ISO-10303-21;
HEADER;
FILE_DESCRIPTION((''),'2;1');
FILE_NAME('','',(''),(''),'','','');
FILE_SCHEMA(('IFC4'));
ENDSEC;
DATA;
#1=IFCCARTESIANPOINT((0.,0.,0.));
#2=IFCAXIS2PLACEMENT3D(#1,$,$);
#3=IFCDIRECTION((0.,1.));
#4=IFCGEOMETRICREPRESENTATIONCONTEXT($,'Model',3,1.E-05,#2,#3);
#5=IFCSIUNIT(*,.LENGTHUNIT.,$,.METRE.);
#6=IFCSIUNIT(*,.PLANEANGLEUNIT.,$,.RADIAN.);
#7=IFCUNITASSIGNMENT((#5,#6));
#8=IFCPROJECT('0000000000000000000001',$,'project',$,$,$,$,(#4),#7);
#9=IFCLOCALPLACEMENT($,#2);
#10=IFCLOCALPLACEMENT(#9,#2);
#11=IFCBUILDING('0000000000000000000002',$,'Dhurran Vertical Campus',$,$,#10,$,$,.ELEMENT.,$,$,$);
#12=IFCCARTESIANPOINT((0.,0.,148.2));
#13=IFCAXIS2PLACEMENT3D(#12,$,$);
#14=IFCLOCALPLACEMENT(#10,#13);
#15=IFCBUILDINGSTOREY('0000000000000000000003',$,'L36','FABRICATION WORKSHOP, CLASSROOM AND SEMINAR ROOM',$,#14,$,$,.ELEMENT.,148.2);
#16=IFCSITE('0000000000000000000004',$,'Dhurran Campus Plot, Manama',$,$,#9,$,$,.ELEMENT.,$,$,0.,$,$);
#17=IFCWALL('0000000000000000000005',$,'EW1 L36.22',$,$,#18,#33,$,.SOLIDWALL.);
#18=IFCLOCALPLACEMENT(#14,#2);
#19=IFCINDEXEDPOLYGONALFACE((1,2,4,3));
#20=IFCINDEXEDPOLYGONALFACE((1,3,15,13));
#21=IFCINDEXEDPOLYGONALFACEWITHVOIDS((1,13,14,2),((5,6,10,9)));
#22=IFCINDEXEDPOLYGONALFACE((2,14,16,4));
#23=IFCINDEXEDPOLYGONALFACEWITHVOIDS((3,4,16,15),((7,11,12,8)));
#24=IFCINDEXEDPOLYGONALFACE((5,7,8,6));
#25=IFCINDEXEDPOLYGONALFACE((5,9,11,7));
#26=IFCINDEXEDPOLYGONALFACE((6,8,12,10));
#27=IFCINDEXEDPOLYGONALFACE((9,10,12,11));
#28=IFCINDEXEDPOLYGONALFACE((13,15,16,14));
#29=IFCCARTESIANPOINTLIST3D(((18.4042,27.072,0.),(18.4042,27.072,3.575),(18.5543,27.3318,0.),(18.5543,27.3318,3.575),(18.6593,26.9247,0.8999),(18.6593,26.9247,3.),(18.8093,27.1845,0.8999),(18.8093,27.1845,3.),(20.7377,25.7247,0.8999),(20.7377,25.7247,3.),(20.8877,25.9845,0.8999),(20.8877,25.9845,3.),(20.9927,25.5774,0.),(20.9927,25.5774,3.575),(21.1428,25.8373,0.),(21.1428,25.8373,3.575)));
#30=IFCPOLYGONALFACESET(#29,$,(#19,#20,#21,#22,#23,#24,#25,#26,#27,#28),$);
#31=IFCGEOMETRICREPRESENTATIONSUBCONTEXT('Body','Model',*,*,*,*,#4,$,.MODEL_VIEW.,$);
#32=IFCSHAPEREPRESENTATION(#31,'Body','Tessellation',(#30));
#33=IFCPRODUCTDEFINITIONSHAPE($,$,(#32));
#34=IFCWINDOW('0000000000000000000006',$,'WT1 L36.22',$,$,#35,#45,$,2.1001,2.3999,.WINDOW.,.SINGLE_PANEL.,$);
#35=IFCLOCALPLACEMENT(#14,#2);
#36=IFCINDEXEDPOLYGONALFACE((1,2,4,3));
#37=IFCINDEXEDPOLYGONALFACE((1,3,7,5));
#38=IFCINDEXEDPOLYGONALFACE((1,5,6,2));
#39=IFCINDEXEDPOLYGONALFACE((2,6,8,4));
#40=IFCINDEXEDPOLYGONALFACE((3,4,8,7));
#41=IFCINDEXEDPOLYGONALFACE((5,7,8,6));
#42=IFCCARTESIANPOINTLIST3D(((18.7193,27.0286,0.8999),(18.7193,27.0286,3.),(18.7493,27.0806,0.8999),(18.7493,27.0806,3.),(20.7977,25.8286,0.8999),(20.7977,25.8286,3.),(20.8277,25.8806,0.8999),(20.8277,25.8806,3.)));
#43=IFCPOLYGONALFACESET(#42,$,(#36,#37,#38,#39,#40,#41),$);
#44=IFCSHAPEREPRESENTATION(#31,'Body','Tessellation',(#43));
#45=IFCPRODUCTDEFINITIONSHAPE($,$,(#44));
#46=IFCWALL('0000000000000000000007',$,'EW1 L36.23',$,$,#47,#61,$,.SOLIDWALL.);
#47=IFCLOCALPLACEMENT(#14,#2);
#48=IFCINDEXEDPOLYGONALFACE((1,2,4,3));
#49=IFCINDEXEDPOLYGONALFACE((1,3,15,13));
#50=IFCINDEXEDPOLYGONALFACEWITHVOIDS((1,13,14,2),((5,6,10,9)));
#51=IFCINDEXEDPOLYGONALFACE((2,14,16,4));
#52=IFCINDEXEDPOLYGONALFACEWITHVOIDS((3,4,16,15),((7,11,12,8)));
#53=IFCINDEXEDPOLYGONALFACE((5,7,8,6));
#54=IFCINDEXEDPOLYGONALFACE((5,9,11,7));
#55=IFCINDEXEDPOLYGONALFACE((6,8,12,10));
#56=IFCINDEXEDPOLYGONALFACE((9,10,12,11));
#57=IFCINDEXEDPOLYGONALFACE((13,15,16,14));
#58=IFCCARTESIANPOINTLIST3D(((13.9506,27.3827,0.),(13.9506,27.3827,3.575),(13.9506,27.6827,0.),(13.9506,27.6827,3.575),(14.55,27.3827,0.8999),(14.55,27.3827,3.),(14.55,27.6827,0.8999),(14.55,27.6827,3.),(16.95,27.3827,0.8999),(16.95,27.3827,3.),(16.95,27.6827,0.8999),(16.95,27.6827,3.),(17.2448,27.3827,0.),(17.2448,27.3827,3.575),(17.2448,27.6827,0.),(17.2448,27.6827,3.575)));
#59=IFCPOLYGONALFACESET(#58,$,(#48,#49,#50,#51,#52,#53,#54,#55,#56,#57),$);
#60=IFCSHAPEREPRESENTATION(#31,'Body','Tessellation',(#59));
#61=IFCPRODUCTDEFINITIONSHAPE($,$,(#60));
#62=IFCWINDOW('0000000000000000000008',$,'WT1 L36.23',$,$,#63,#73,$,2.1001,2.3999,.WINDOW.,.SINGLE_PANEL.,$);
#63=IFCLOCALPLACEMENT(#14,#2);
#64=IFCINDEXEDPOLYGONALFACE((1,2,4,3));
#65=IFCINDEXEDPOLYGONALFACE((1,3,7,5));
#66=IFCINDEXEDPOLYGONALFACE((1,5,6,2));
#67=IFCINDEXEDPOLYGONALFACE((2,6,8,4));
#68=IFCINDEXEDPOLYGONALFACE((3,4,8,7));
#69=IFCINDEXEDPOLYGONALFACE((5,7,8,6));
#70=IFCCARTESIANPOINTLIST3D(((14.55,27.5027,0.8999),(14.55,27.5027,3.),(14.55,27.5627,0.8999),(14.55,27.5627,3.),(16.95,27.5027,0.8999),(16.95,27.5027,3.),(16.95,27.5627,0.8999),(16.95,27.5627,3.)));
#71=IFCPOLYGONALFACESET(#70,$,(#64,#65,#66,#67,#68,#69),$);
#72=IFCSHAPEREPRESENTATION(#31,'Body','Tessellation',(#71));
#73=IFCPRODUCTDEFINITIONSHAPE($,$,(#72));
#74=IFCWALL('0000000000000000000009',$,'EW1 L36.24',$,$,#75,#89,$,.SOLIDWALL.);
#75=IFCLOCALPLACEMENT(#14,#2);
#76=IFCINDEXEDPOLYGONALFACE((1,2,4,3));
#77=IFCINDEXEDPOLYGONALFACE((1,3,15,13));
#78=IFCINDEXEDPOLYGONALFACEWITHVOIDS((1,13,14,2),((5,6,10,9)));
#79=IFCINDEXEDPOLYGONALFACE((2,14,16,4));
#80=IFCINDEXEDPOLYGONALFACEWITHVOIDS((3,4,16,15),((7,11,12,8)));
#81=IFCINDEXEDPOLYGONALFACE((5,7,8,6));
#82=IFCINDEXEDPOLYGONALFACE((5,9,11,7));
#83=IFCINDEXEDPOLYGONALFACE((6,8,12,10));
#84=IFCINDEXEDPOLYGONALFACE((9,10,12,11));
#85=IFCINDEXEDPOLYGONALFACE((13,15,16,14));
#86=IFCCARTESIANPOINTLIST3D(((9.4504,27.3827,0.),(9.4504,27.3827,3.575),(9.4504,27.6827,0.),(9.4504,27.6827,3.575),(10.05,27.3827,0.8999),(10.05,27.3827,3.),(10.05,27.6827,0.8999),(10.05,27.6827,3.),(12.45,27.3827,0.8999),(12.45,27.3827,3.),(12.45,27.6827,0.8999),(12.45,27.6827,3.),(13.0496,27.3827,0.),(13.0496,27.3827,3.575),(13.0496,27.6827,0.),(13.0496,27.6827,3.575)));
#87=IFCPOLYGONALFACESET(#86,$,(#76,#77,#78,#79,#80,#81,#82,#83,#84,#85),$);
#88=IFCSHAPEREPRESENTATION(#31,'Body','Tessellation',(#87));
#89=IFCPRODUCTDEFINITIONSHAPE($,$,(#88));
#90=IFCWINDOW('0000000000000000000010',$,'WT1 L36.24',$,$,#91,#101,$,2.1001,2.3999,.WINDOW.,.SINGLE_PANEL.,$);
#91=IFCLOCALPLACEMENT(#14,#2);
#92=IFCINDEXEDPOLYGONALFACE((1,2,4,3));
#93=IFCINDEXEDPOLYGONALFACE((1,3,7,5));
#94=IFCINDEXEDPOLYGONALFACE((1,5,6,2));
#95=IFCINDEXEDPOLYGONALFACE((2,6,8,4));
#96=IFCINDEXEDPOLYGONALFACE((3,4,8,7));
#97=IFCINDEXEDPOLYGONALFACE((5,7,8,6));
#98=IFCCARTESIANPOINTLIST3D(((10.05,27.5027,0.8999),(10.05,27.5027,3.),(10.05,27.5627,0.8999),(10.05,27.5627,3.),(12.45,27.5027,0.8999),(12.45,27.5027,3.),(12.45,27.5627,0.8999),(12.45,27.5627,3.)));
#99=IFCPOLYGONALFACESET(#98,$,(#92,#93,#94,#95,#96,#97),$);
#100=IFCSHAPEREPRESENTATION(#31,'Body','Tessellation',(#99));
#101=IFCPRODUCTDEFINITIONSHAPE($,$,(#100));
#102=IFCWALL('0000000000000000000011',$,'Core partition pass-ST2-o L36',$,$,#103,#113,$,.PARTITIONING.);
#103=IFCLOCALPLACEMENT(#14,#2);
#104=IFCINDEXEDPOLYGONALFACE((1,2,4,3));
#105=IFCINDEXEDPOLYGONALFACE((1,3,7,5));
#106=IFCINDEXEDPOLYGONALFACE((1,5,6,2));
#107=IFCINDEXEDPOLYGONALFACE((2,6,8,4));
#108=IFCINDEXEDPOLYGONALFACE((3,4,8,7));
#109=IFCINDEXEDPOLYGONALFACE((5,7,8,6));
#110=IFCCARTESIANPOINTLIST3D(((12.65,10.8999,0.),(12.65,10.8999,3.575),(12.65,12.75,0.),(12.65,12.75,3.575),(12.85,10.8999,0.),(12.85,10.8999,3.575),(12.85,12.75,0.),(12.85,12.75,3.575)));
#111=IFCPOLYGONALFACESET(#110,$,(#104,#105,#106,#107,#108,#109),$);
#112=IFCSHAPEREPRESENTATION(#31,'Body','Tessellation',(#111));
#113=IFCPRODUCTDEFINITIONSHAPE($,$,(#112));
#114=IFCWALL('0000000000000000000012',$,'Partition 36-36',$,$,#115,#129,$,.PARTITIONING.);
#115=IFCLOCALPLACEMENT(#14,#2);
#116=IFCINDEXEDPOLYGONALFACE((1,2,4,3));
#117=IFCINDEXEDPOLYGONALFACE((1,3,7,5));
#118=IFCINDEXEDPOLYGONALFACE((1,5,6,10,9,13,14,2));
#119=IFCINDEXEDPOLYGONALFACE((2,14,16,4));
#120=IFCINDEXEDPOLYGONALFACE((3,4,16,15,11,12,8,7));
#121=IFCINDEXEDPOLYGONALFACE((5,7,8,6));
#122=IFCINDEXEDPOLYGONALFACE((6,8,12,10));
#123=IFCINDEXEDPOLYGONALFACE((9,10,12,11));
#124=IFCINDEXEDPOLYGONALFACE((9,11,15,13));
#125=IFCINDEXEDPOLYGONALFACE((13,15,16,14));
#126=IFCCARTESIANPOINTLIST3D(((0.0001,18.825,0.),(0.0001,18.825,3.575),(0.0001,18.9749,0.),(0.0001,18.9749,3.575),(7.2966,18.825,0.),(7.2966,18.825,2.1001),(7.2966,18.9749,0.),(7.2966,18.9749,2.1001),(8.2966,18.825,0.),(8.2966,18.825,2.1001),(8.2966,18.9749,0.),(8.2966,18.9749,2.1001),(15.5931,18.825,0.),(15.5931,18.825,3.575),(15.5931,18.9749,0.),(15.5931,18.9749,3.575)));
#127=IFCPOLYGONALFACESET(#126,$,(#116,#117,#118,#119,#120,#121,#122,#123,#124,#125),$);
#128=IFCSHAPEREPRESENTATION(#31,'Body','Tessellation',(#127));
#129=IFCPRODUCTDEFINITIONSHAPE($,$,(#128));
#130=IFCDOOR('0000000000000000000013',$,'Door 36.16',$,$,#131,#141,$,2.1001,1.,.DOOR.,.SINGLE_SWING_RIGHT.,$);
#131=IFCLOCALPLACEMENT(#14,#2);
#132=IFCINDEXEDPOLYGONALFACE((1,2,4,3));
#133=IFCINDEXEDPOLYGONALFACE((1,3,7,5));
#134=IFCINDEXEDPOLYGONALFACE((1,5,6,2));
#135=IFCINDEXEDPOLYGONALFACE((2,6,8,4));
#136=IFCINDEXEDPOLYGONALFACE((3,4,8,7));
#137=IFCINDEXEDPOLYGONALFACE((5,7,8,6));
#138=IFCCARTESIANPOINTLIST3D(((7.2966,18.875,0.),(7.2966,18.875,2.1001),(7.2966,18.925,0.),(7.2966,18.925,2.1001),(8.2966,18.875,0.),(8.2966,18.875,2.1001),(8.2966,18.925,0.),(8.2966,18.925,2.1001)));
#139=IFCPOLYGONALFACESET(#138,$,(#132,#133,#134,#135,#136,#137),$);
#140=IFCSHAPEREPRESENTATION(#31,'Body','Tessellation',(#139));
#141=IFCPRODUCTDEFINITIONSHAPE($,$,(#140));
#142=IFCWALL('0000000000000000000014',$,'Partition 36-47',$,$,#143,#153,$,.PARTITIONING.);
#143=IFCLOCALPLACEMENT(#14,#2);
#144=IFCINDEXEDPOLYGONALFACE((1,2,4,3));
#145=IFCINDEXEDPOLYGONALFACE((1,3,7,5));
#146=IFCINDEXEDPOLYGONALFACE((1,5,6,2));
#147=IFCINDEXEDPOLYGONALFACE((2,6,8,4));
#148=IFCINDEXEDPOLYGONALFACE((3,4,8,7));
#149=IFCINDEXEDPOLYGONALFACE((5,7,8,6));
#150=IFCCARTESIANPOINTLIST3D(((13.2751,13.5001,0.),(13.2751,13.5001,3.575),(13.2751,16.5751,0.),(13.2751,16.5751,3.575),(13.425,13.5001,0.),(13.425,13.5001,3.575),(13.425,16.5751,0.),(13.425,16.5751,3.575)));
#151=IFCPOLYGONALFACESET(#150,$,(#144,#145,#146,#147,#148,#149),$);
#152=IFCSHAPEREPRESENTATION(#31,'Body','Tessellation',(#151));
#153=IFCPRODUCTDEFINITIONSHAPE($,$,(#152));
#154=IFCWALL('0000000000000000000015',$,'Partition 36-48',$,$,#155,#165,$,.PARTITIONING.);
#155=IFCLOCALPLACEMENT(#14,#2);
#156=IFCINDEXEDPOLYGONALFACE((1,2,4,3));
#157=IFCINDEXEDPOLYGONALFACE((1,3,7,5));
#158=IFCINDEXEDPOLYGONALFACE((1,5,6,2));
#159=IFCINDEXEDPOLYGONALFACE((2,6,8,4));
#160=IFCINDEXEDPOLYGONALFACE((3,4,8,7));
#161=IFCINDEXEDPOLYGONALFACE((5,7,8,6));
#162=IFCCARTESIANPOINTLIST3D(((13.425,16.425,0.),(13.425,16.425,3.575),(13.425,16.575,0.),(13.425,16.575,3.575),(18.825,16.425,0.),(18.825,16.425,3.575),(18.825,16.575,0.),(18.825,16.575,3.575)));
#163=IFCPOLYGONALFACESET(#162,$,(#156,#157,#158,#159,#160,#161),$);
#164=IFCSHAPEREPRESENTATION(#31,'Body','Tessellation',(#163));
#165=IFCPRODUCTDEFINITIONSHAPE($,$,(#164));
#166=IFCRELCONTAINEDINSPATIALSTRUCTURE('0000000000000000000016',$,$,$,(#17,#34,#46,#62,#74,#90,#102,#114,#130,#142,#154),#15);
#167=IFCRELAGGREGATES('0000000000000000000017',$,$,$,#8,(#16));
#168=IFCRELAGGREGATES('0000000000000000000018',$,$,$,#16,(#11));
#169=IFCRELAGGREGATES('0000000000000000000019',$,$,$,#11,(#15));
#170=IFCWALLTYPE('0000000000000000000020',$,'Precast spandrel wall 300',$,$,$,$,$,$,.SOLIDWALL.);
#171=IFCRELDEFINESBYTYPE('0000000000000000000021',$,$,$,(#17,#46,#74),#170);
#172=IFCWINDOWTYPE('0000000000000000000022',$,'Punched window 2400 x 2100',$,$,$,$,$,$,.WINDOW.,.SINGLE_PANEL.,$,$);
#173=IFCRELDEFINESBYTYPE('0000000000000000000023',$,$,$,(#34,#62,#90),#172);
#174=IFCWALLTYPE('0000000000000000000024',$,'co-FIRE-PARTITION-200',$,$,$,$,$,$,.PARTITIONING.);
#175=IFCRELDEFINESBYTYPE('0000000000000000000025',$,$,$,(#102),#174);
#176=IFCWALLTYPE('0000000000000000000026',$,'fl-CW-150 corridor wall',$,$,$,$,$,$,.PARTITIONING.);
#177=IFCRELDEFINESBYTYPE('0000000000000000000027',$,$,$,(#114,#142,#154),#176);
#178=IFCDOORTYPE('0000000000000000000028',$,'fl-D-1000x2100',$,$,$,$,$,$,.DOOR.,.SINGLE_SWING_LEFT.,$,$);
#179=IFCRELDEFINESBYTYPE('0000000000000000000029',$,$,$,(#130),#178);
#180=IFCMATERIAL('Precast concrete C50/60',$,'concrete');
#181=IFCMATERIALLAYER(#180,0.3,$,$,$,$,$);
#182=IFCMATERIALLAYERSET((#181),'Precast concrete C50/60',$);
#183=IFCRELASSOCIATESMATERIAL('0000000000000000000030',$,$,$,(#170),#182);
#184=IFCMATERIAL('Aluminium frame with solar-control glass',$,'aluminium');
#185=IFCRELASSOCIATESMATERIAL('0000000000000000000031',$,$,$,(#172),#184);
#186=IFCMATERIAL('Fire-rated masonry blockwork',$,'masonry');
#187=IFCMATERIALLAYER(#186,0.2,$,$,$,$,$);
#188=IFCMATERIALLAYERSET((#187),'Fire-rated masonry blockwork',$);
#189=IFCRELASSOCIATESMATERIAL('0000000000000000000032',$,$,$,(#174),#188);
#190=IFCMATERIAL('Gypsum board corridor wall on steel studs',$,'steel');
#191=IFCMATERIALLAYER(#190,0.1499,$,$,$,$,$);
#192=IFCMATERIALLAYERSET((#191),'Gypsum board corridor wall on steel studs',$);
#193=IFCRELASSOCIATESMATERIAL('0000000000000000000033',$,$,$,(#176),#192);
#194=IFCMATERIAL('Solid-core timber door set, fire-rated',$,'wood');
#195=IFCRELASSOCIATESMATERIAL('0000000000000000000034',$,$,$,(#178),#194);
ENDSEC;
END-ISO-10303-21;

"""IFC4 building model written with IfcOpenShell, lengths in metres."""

from ifc_helpers import new_model, si_unit, direction, frame, frame_2d, origin, place, context, subcontext, project, spatial, rectangle, extrude, material, layer, layer_set, type_object, element, fill, save


model = new_model("IFC4")

# Units and contexts
model_context = context("Model", 3, precision=1e-05, world=origin(), true_north=direction((0.0, 1.0)))
body_context = subcontext(model_context, "Body", "Model", "MODEL_VIEW")
ifc_project = project(units=[si_unit("LENGTHUNIT", "METRE"), si_unit("PLANEANGLEUNIT", "RADIAN")], contexts=[model_context])

# Site, building, storey
site_placement = place(None, origin())
site = spatial("IfcSite", under=ifc_project, at=site_placement, Name="Dhurran Campus Plot, Manama", CompositionType="ELEMENT", RefElevation=0.0)
building_placement = place(site_placement, origin())
building = spatial("IfcBuilding", under=site, at=building_placement, Name="Dhurran Vertical Campus", CompositionType="ELEMENT")
storey_placement = place(building_placement, frame((0.0, 0.0, 148.2)))
storey = spatial("IfcBuildingStorey", under=building, at=storey_placement, Name="L36", Description="FABRICATION WORKSHOP, CLASSROOM AND SEMINAR ROOM", CompositionType="ELEMENT", Elevation=148.2)

# Walls, openings, windows
ifc_material_1 = material(Name="Precast concrete C50/60", Category="concrete")
ifc_layer_1 = layer(ifc_material_1, 0.3)
ifc_layer_set_1 = layer_set([ifc_layer_1], Name="Precast concrete C50/60")
wall_type_1 = type_object("IfcWallType", Name="Precast spandrel wall 300", PredefinedType="SOLIDWALL", material=ifc_layer_set_1)
ifc_material_2 = material(Name="Aluminium frame with solar-control glass", Category="aluminium")
window_type = type_object("IfcWindowType", Name="Punched window 2400 x 2100", PartitioningType="SINGLE_PANEL", PredefinedType="WINDOW", material=ifc_material_2)
wall_1_placement = place(storey_placement, frame((21.0679, 25.7073, 0.0), z_axis=(0.0, 0.0, 1.0), x_axis=(-0.866013, 0.500022, 0.0)))
wall_1 = element("IfcWall", 1, at=wall_1_placement, inside=storey, type_object=wall_type_1, Name="EW1 L36.22", PredefinedType="SOLIDWALL", context=body_context, shape_type="SweptSolid", body=[
    extrude(rectangle(XDim=2.989, YDim=0.3, at=frame_2d((1.4946, 0.0))), origin(), (0.0, 0.0, 1.0), 3.575),
])
opening_1_placement = place(wall_1_placement, frame((0.2947, 0.0, 0.8999)))
opening_1 = element("IfcOpeningElement", 2, at=opening_1_placement, cuts=wall_1, PredefinedType="OPENING", context=body_context, shape_type="SweptSolid", body=[
    extrude(rectangle(XDim=2.3999, YDim=2.1001, at=frame_2d((1.2, 1.05))), frame((0.0, 0.1599, 0.0), z_axis=(0.0, -1.0, 0.0), x_axis=(1.0, 0.0, 0.0)), (0.0, 0.0, 1.0), 0.3201),
])
window_1_placement = place(opening_1_placement, origin())
window_1 = element("IfcWindow", 3, at=window_1_placement, inside=storey, type_object=window_type, Name="WT1 L36.22", OverallHeight=2.1001, OverallWidth=2.3999, PartitioningType="SINGLE_PANEL", PredefinedType="WINDOW", context=body_context, shape_type="SweptSolid", body=[
    extrude(rectangle(XDim=2.3999, YDim=2.1001, at=frame_2d((1.2, 1.05))), frame((0.0, 0.03, 0.0), z_axis=(0.0, -1.0, 0.0), x_axis=(1.0, 0.0, 0.0)), (0.0, 0.0, 1.0), 0.0601),
])
fill(opening_1, window_1)
wall_2_placement = place(storey_placement, frame((17.2446, 27.5327, 0.0), z_axis=(0.0, 0.0, 1.0), x_axis=(-1.0, 0.0, 0.0)))
wall_2 = element("IfcWall", 4, at=wall_2_placement, inside=storey, type_object=wall_type_1, Name="EW1 L36.23", PredefinedType="SOLIDWALL", context=body_context, shape_type="SweptSolid", body=[
    extrude(rectangle(XDim=3.2942, YDim=0.3, at=frame_2d((1.647, 0.0))), origin(), (0.0, 0.0, 1.0), 3.575),
])
opening_2_placement = place(wall_2_placement, frame((0.2947, 0.0, 0.8999)))
opening_2 = element("IfcOpeningElement", 5, at=opening_2_placement, cuts=wall_2, PredefinedType="OPENING", context=body_context, shape_type="SweptSolid", body=[
    extrude(rectangle(XDim=2.3999, YDim=2.1001, at=frame_2d((1.2, 1.05))), frame((0.0, 0.1599, 0.0), z_axis=(0.0, -1.0, 0.0), x_axis=(1.0, 0.0, 0.0)), (0.0, 0.0, 1.0), 0.3201),
])
window_2_placement = place(opening_2_placement, origin())
window_2 = element("IfcWindow", 6, at=window_2_placement, inside=storey, type_object=window_type, Name="WT1 L36.23", OverallHeight=2.1001, OverallWidth=2.3999, PartitioningType="SINGLE_PANEL", PredefinedType="WINDOW", context=body_context, shape_type="SweptSolid", body=[
    extrude(rectangle(XDim=2.3999, YDim=2.1001, at=frame_2d((1.2, 1.05))), frame((0.0, 0.03, 0.0), z_axis=(0.0, -1.0, 0.0), x_axis=(1.0, 0.0, 0.0)), (0.0, 0.0, 1.0), 0.0601),
])
fill(opening_2, window_2)
wall_3_placement = place(storey_placement, frame((13.0496, 27.5327, 0.0), z_axis=(0.0, 0.0, 1.0), x_axis=(-1.0, 0.0, 0.0)))
wall_3 = element("IfcWall", 7, at=wall_3_placement, inside=storey, type_object=wall_type_1, Name="EW1 L36.24", PredefinedType="SOLIDWALL", context=body_context, shape_type="SweptSolid", body=[
    extrude(rectangle(XDim=3.5991, YDim=0.3, at=frame_2d((1.7996, 0.0))), origin(), (0.0, 0.0, 1.0), 3.575),
])
opening_3_placement = place(wall_3_placement, frame((0.5996, 0.0, 0.8999)))
opening_3 = element("IfcOpeningElement", 8, at=opening_3_placement, cuts=wall_3, PredefinedType="OPENING", context=body_context, shape_type="SweptSolid", body=[
    extrude(rectangle(XDim=2.3999, YDim=2.1001, at=frame_2d((1.2, 1.05))), frame((0.0, 0.1599, 0.0), z_axis=(0.0, -1.0, 0.0), x_axis=(1.0, 0.0, 0.0)), (0.0, 0.0, 1.0), 0.3201),
])
window_3_placement = place(opening_3_placement, origin())
window_3 = element("IfcWindow", 9, at=window_3_placement, inside=storey, type_object=window_type, Name="WT1 L36.24", OverallHeight=2.1001, OverallWidth=2.3999, PartitioningType="SINGLE_PANEL", PredefinedType="WINDOW", context=body_context, shape_type="SweptSolid", body=[
    extrude(rectangle(XDim=2.3999, YDim=2.1001, at=frame_2d((1.2, 1.05))), frame((0.0, 0.03, 0.0), z_axis=(0.0, -1.0, 0.0), x_axis=(1.0, 0.0, 0.0)), (0.0, 0.0, 1.0), 0.0601),
])
fill(opening_3, window_3)

# Wall
ifc_material_3 = material(Name="Fire-rated masonry blockwork", Category="masonry")
ifc_layer_2 = layer(ifc_material_3, 0.2)
ifc_layer_set_2 = layer_set([ifc_layer_2], Name="Fire-rated masonry blockwork")
wall_type_2 = type_object("IfcWallType", Name="co-FIRE-PARTITION-200", PredefinedType="PARTITIONING", material=ifc_layer_set_2)
wall_4_placement = place(storey_placement, frame((12.75, 10.8999, 0.0), z_axis=(0.0, 0.0, 1.0), x_axis=(0.0, 1.0, 0.0)))
element("IfcWall", 10, at=wall_4_placement, inside=storey, type_object=wall_type_2, Name="Core partition pass-ST2-o L36", PredefinedType="PARTITIONING", context=body_context, shape_type="SweptSolid", body=[
    extrude(rectangle(XDim=1.8501, YDim=0.2, at=frame_2d((0.925, 0.0))), origin(), (0.0, 0.0, 1.0), 3.575),
])

# Wall, opening, door
ifc_material_4 = material(Name="Gypsum board corridor wall on steel studs", Category="steel")
ifc_layer_3 = layer(ifc_material_4, 0.1499)
ifc_layer_set_3 = layer_set([ifc_layer_3], Name="Gypsum board corridor wall on steel studs")
wall_type_3 = type_object("IfcWallType", Name="fl-CW-150 corridor wall", PredefinedType="PARTITIONING", material=ifc_layer_set_3)
wall_5_placement = place(storey_placement, frame((15.593, 18.8999, 0.0), z_axis=(0.0, 0.0, 1.0), x_axis=(-1.0, 0.0, 0.0)))
wall_5 = element("IfcWall", 11, at=wall_5_placement, inside=storey, type_object=wall_type_3, Name="Partition 36-36", PredefinedType="PARTITIONING", context=body_context, shape_type="SweptSolid", body=[
    extrude(rectangle(XDim=15.593, YDim=0.1499, at=frame_2d((7.7964, 0.0))), origin(), (0.0, 0.0, 1.0), 3.575),
])
opening_4_placement = place(wall_5_placement, frame((7.2964, 0.0, 0.0)))
opening_4 = element("IfcOpeningElement", 12, at=opening_4_placement, cuts=wall_5, PredefinedType="OPENING", context=body_context, shape_type="SweptSolid", body=[
    extrude(rectangle(XDim=1.0, YDim=2.1001, at=frame_2d((0.5, 1.05))), frame((0.0, 0.085, 0.0), z_axis=(0.0, -1.0, 0.0), x_axis=(1.0, 0.0, 0.0)), (0.0, 0.0, 1.0), 0.1699),
])
ifc_material_5 = material(Name="Solid-core timber door set, fire-rated", Category="wood")
door_type = type_object("IfcDoorType", Name="fl-D-1000x2100", OperationType="SINGLE_SWING_LEFT", PredefinedType="DOOR", material=ifc_material_5)
door_1_placement = place(opening_4_placement, origin())
door_1 = element("IfcDoor", 13, at=door_1_placement, inside=storey, type_object=door_type, Name="Door 36.16", OperationType="SINGLE_SWING_RIGHT", OverallHeight=2.1001, OverallWidth=1.0, PredefinedType="DOOR", context=body_context, shape_type="SweptSolid", body=[
    extrude(rectangle(XDim=1.0, YDim=2.1001, at=frame_2d((0.5, 1.05))), frame((0.0, 0.0249, 0.0), z_axis=(0.0, -1.0, 0.0), x_axis=(1.0, 0.0, 0.0)), (0.0, 0.0, 1.0), 0.05),
])
fill(opening_4, door_1)

# Walls
wall_6_placement = place(storey_placement, frame((13.3501, 13.5, 0.0), z_axis=(0.0, 0.0, 1.0), x_axis=(0.0, 1.0, 0.0)))
element("IfcWall", 14, at=wall_6_placement, inside=storey, type_object=wall_type_3, Name="Partition 36-47", PredefinedType="PARTITIONING", context=body_context, shape_type="SweptSolid", body=[
    extrude(rectangle(XDim=3.075, YDim=0.1499, at=frame_2d((1.5376, 0.0))), origin(), (0.0, 0.0, 1.0), 3.575),
])
wall_7_placement = place(storey_placement, frame((13.425, 16.5, 0.0), z_axis=(0.0, 0.0, 1.0), x_axis=(1.0, 0.0, 0.0)))
element("IfcWall", 15, at=wall_7_placement, inside=storey, type_object=wall_type_3, Name="Partition 36-48", PredefinedType="PARTITIONING", context=body_context, shape_type="SweptSolid", body=[
    extrude(rectangle(XDim=5.3999, YDim=0.1499, at=frame_2d((2.7, 0.0))), origin(), (0.0, 0.0, 1.0), 3.575),
])

save(model, "model.ifc")
